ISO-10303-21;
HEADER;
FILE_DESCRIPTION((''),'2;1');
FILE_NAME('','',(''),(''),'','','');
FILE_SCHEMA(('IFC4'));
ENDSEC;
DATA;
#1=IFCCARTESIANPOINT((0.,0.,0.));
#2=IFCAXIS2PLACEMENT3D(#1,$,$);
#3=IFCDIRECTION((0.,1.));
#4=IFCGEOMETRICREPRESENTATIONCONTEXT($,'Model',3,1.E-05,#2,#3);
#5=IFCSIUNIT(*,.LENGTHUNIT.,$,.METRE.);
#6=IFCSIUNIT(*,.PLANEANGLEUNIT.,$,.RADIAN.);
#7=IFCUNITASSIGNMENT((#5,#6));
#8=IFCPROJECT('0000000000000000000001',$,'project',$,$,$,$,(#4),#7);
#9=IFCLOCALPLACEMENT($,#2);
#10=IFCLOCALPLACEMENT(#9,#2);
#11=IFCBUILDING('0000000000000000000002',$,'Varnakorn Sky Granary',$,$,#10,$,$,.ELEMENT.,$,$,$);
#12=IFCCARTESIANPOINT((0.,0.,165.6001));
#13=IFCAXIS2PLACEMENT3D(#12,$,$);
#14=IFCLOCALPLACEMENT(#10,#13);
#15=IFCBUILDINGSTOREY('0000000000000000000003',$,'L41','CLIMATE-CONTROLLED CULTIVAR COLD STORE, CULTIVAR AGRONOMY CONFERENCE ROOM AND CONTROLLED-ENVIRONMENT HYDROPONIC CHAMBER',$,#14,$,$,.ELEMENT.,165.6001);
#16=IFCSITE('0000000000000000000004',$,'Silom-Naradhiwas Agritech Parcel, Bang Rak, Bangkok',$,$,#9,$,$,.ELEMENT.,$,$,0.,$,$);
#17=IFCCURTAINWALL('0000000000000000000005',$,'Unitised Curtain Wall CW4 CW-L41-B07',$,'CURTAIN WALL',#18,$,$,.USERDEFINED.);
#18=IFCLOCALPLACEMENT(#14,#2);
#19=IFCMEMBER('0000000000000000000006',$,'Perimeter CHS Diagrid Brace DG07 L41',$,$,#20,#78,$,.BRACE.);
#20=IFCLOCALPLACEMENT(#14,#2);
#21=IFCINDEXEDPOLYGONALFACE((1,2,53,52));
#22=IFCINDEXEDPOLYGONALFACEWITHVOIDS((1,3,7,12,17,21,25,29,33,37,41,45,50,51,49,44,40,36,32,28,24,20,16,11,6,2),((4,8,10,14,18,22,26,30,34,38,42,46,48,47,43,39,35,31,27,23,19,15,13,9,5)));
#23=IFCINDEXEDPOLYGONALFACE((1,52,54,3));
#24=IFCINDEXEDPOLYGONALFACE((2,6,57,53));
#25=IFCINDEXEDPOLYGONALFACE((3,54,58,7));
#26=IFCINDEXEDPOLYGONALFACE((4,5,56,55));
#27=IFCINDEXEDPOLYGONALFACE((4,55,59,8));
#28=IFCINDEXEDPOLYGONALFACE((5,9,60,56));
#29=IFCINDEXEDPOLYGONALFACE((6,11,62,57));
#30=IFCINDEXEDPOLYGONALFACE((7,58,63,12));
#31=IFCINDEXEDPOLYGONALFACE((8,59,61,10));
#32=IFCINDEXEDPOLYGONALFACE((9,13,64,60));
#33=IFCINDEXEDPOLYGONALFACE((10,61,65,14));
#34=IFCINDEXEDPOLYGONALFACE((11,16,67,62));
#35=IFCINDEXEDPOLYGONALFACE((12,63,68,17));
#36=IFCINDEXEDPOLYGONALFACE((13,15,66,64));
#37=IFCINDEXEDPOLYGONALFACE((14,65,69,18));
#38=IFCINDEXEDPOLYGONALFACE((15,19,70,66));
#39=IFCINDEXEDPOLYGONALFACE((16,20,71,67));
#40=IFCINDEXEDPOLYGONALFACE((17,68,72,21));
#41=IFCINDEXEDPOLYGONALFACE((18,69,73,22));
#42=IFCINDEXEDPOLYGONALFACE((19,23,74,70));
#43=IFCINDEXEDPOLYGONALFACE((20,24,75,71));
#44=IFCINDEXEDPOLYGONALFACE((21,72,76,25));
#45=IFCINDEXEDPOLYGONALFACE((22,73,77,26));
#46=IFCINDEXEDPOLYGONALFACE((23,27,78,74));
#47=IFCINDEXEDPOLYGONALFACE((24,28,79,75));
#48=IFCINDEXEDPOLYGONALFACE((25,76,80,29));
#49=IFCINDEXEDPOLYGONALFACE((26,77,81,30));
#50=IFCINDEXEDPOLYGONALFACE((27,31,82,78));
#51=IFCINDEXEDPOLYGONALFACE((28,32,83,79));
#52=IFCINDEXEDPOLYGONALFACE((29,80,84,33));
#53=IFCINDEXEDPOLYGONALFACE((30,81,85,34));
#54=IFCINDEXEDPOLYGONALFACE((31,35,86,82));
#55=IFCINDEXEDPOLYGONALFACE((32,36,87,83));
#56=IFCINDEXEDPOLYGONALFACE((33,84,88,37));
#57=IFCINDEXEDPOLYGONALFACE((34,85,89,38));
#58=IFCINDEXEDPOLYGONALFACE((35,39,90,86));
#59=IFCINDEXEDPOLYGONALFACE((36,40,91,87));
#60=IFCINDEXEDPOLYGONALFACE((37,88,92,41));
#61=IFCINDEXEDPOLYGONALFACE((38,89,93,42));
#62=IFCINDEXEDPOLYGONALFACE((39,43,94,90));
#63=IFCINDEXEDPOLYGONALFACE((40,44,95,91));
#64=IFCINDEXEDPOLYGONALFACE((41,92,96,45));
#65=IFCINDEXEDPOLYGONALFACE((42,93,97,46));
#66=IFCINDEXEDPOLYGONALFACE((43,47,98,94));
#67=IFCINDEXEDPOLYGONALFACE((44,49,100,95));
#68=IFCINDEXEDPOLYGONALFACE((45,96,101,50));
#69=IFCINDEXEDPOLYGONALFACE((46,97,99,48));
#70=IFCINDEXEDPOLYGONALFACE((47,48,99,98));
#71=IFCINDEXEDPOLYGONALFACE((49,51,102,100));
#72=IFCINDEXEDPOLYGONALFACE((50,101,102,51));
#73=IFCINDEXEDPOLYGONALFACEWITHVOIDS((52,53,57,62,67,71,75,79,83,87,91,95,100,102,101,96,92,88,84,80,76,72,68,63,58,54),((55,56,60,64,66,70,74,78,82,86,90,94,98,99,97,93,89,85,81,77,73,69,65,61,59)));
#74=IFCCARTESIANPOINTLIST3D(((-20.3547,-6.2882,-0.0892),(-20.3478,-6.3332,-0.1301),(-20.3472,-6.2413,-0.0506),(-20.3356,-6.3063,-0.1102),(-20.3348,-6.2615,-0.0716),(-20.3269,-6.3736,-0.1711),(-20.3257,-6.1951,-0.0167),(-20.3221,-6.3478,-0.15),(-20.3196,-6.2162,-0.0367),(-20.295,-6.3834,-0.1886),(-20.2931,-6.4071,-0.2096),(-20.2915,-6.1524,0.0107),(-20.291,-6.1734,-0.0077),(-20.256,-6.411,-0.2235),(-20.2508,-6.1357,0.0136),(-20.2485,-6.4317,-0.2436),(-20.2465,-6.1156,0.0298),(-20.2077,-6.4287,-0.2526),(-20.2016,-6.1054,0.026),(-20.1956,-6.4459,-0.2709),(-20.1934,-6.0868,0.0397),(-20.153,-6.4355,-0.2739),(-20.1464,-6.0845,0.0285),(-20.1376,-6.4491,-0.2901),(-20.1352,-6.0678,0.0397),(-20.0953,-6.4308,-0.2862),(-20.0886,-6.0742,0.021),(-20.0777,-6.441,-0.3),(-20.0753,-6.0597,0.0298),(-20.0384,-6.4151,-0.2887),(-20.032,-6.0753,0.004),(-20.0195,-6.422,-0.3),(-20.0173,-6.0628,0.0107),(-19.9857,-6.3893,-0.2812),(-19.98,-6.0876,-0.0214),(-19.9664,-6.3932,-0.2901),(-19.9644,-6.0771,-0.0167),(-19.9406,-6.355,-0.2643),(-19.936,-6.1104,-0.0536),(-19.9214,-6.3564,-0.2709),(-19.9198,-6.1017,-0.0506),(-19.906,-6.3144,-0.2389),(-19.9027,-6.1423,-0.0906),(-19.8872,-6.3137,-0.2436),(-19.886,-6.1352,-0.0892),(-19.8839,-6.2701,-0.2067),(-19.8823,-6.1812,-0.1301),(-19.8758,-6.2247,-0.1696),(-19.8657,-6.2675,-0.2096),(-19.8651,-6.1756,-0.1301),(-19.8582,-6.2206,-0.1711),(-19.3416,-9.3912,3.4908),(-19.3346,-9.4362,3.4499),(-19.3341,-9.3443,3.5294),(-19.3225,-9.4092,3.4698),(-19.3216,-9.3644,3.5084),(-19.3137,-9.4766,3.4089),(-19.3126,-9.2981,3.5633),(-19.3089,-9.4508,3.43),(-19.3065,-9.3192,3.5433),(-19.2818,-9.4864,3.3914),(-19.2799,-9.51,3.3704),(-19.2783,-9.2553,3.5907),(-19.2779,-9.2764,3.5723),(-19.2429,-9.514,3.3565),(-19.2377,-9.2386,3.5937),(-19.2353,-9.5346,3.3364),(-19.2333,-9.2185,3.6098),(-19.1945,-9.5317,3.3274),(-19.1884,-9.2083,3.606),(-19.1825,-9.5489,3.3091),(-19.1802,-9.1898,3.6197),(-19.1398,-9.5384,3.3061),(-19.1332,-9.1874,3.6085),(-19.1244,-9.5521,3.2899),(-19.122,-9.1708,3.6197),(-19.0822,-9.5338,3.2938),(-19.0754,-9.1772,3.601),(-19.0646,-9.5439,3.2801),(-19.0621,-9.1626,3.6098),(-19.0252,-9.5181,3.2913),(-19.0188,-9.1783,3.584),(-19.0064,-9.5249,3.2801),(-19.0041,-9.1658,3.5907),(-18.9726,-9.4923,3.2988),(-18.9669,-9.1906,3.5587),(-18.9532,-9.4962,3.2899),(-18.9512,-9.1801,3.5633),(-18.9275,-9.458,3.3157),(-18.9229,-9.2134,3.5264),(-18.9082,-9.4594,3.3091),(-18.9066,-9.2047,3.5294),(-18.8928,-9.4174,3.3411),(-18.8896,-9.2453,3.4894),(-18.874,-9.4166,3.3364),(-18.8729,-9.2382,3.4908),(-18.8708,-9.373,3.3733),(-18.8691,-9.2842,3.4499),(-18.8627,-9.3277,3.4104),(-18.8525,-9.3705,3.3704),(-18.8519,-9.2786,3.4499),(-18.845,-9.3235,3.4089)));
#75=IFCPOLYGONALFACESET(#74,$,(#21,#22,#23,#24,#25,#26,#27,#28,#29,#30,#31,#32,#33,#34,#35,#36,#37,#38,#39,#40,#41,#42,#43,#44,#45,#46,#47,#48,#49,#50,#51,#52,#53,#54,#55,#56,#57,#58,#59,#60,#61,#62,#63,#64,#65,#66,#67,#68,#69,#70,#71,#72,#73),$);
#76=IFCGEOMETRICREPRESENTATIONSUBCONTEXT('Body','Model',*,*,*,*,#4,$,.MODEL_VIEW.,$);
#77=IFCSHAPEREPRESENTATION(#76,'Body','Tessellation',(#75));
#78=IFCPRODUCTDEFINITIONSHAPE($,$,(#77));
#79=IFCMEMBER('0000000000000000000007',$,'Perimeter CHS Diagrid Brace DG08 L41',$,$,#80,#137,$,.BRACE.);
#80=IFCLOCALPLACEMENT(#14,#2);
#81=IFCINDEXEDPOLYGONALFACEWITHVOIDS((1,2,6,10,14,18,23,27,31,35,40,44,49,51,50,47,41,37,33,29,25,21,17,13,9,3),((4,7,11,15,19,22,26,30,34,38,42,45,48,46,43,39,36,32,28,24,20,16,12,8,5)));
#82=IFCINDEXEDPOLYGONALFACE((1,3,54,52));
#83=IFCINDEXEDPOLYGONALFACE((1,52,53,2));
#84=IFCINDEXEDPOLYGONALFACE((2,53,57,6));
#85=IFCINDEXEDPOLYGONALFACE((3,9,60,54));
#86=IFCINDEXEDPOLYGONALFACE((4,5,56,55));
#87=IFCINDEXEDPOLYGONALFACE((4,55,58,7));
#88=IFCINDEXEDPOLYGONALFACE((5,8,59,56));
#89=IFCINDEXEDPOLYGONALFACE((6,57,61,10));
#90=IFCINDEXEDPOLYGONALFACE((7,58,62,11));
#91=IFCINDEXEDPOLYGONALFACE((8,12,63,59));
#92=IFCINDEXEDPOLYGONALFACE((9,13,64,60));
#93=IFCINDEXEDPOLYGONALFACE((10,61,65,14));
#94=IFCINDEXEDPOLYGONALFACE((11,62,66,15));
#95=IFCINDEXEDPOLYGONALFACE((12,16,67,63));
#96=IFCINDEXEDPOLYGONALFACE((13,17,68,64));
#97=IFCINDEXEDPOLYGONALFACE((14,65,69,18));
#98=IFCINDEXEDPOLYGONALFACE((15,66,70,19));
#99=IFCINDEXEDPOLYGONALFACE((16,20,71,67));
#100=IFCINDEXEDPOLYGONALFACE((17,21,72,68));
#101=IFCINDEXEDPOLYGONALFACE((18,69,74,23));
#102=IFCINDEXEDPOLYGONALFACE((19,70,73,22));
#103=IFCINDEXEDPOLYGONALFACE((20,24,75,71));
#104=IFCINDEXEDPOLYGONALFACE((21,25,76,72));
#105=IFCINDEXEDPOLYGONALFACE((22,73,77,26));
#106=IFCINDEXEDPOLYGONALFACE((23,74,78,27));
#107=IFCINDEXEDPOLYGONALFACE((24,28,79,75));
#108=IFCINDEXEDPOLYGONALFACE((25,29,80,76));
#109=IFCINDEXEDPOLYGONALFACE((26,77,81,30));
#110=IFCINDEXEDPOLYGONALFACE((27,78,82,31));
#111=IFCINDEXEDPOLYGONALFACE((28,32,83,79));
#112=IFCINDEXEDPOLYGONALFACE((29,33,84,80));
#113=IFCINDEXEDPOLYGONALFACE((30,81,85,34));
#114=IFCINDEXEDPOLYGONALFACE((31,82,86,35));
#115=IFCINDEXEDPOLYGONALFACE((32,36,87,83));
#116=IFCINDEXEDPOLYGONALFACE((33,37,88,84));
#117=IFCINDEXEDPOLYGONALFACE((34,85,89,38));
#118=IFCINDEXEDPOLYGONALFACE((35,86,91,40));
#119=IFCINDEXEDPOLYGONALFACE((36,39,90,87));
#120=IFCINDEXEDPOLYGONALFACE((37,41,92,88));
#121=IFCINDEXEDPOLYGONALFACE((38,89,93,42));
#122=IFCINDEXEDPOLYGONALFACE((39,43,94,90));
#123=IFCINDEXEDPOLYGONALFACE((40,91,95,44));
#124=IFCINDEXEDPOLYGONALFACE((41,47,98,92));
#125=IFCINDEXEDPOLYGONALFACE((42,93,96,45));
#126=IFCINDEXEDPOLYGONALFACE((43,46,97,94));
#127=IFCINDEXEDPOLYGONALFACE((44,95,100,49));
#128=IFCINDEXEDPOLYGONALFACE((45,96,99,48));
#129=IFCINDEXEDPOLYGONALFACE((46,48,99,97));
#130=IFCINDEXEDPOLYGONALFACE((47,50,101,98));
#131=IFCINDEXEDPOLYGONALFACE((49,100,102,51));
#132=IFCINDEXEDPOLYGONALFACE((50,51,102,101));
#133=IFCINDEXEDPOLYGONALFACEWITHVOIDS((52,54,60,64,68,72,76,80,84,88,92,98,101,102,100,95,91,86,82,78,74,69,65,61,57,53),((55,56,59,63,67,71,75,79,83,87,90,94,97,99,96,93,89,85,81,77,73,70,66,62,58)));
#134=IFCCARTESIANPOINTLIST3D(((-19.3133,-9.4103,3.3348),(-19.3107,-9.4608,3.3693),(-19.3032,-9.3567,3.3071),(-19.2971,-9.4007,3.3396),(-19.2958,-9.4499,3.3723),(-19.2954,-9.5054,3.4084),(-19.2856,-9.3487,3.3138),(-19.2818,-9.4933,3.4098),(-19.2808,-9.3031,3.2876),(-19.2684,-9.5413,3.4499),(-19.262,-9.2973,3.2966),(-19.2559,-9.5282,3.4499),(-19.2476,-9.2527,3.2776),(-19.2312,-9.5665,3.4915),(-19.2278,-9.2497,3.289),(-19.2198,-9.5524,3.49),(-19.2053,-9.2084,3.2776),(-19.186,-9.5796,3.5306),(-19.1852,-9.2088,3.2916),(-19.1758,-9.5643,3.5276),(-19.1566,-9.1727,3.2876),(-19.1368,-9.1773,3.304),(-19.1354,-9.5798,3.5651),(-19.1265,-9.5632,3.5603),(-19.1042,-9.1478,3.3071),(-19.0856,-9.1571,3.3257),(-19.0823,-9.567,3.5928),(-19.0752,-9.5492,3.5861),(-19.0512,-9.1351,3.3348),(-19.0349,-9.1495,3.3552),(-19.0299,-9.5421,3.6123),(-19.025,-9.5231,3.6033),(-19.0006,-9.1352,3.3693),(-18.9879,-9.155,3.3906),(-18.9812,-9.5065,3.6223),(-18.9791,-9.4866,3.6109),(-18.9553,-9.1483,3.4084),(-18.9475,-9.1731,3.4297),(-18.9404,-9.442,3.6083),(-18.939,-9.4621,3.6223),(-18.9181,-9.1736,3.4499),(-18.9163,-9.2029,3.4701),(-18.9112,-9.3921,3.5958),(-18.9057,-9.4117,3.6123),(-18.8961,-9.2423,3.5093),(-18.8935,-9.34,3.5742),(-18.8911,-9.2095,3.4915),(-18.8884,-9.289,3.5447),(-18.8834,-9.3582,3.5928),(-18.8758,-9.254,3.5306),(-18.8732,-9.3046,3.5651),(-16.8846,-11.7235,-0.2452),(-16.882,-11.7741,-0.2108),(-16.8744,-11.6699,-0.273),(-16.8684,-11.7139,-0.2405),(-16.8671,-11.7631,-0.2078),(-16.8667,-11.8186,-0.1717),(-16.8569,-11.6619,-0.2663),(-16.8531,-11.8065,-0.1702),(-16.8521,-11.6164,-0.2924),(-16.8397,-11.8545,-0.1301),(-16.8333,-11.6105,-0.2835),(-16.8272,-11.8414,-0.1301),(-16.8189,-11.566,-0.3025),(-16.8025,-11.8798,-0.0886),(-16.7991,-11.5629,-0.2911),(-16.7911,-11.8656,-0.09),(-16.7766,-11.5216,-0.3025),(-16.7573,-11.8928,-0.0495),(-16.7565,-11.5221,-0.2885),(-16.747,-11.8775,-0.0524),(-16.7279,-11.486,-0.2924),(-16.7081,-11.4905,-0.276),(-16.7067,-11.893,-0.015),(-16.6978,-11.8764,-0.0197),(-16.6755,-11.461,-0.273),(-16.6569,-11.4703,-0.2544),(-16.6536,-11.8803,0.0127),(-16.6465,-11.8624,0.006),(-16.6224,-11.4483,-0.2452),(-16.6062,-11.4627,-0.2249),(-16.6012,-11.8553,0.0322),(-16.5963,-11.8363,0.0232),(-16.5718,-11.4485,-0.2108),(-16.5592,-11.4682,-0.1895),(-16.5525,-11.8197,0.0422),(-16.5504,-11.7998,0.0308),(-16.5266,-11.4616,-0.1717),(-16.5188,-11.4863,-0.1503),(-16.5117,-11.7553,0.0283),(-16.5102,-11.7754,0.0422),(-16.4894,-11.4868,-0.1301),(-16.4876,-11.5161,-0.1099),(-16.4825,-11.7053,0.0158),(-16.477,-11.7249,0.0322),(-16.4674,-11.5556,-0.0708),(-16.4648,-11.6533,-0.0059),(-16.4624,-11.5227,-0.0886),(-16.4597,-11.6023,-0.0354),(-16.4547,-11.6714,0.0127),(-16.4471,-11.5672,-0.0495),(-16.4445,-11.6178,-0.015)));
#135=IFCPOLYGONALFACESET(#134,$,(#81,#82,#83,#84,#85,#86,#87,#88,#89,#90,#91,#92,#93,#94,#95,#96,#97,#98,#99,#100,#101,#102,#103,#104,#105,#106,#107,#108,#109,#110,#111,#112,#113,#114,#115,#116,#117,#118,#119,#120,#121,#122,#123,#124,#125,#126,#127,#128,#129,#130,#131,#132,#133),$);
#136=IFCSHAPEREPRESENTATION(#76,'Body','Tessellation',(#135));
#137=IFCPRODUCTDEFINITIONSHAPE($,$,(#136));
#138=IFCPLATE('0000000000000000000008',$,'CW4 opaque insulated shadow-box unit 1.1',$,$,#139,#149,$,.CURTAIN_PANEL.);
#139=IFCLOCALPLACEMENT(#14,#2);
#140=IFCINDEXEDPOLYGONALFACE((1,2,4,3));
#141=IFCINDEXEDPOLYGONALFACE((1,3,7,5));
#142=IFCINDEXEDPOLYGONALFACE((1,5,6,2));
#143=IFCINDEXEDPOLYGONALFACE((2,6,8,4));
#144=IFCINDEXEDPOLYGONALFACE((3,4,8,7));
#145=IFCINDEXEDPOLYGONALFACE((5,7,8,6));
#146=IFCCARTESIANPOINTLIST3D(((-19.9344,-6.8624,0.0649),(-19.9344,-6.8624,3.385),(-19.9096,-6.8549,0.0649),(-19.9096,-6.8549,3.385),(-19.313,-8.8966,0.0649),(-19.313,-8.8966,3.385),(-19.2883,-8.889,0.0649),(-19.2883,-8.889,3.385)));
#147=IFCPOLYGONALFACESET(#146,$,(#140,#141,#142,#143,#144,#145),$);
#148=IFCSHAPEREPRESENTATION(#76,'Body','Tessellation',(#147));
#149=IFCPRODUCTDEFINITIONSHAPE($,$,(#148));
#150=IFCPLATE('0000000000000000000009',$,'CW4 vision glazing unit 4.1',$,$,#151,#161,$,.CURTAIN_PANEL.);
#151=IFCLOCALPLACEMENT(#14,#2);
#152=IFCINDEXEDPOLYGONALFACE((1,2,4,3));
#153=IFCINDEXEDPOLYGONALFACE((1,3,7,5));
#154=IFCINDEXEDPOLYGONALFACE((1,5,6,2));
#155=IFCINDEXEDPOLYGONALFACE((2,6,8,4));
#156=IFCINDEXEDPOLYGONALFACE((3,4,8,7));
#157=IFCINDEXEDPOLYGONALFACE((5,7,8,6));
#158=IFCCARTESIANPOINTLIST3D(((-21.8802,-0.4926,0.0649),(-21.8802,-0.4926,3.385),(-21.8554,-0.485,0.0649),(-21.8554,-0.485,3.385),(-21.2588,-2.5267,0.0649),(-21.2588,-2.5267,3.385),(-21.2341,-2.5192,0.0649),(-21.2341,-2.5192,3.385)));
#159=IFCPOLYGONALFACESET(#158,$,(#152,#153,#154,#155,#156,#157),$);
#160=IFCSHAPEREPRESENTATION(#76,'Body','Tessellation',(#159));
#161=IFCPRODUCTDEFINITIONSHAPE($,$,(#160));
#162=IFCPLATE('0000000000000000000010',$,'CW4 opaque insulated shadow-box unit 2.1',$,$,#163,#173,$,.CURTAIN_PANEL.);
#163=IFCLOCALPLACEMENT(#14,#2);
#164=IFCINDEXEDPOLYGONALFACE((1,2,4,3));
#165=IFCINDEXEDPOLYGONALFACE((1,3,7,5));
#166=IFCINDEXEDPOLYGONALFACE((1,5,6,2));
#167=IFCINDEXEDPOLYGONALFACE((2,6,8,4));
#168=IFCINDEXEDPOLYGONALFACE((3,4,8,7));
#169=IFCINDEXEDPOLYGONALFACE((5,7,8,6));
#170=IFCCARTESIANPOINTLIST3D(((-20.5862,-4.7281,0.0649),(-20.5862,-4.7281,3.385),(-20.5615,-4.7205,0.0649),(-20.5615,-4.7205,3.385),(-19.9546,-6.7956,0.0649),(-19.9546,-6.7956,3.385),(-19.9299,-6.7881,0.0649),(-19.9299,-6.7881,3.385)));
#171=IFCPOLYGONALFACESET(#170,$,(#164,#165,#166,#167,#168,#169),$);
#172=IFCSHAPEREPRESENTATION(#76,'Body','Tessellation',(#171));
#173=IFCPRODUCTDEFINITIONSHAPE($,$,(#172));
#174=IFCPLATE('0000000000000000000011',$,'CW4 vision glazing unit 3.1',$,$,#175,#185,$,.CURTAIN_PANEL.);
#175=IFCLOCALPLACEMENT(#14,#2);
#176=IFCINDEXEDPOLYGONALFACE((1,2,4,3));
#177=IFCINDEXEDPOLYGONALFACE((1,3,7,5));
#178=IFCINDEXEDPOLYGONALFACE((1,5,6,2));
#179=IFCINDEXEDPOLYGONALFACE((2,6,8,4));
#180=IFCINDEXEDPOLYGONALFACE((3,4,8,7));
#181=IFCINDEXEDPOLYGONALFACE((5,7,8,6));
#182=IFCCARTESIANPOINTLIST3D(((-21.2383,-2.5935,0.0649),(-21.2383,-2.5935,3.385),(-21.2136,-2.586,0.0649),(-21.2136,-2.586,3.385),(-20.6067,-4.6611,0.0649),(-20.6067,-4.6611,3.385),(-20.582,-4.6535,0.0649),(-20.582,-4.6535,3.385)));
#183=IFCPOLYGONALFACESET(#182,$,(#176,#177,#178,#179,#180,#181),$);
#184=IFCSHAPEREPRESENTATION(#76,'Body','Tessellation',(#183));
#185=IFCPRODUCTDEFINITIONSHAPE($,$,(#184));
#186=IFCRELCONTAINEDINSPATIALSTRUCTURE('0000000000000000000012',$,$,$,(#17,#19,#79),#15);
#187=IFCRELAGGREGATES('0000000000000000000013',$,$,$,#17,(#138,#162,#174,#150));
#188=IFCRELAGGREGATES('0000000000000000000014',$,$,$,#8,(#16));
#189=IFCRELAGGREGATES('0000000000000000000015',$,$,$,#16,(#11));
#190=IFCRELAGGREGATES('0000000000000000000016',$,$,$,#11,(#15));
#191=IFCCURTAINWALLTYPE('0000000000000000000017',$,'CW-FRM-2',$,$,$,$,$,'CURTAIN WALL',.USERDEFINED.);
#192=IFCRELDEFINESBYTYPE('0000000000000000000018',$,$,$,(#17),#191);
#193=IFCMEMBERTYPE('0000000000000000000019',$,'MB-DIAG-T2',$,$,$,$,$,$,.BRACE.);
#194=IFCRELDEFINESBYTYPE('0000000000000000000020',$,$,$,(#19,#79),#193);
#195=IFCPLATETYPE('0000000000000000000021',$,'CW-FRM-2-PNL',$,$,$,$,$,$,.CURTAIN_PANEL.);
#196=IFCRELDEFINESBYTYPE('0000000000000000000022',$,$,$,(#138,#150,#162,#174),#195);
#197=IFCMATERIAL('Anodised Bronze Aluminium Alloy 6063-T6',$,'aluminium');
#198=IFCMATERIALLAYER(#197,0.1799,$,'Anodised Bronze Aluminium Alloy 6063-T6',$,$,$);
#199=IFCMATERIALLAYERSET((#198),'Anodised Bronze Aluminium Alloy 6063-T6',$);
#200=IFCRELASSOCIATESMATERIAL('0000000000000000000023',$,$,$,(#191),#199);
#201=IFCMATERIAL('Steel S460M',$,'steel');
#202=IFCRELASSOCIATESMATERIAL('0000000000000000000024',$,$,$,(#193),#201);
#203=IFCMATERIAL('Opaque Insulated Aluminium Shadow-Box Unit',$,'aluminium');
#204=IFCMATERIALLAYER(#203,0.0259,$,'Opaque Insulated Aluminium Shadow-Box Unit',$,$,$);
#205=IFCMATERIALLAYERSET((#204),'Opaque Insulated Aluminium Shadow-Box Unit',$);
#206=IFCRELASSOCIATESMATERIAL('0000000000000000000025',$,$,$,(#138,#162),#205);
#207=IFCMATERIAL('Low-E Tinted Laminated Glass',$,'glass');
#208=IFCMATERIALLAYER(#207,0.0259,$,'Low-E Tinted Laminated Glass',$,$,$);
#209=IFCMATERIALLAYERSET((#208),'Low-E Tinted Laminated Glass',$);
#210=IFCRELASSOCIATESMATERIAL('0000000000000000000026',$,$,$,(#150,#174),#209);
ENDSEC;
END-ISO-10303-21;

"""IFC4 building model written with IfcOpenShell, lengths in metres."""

from ifc_helpers import new_model, si_unit, direction, frame, origin, origin_2d, place, context, subcontext, project, spatial, rectangle, hollow_circle, extrude, source, transform, mapped, material, layer, layer_set, material_profile, profile_set, type_object, element, aggregate, save


model = new_model("IFC4")

# Units and contexts
model_context = context("Model", 3, precision=1e-05, world=origin(), true_north=direction((0.0, 1.0)))
body_context = subcontext(model_context, "Body", "Model", "MODEL_VIEW")
ifc_project = project(units=[si_unit("LENGTHUNIT", "METRE"), si_unit("PLANEANGLEUNIT", "RADIAN")], contexts=[model_context])

# Site, building, storey
site_placement = place(None, origin())
site = spatial("IfcSite", under=ifc_project, at=site_placement, Name="Silom-Naradhiwas Agritech Parcel, Bang Rak, Bangkok", CompositionType="ELEMENT", RefElevation=0.0)
building_placement = place(site_placement, origin())
building = spatial("IfcBuilding", under=site, at=building_placement, Name="Varnakorn Sky Granary", CompositionType="ELEMENT")
storey_placement = place(building_placement, frame((0.0, 0.0, 165.6001)))
storey = spatial("IfcBuildingStorey", under=building, at=storey_placement, Name="L41", Description="CLIMATE-CONTROLLED CULTIVAR COLD STORE, CULTIVAR AGRONOMY CONFERENCE ROOM AND CONTROLLED-ENVIRONMENT HYDROPONIC CHAMBER", CompositionType="ELEMENT", Elevation=165.6001)

# Shared definitions
ifc_material_1 = material(Name="Steel S460M", Category="steel")

# Curtain wall
ifc_material_2 = material(Name="Anodised Bronze Aluminium Alloy 6063-T6", Category="aluminium")
ifc_layer_1 = layer(ifc_material_2, 0.1799, Name="Anodised Bronze Aluminium Alloy 6063-T6")
ifc_layer_set_1 = layer_set([ifc_layer_1], Name="Anodised Bronze Aluminium Alloy 6063-T6")
curtain_wall_type = type_object("IfcCurtainWallType", Name="CW-FRM-2", ElementType="CURTAIN WALL", PredefinedType="USERDEFINED", material=ifc_layer_set_1)
curtain_wall_1_placement = place(storey_placement, origin())
curtain_wall_1 = element("IfcCurtainWall", 1, at=curtain_wall_1_placement, inside=storey, type_object=curtain_wall_type, Name="Unitised Curtain Wall CW4 CW-L41-B07", ObjectType="CURTAIN WALL", PredefinedType="USERDEFINED")

# Members
ifc_material_profile_1 = material_profile(ifc_material_1, hollow_circle(Radius=0.2539, WallThickness=0.0181, at=origin_2d()), Name="CHS 508x18")
ifc_profile_set_1 = profile_set([ifc_material_profile_1], Name="Steel S460M")
member_type_1 = type_object("IfcMemberType", Name="MB-DIAG-T2", PredefinedType="BRACE", material=ifc_profile_set_1)
member_1_placement = place(storey_placement, frame((-20.1064, -6.2544, -0.1301), z_axis=(0.209127, -0.640484, 0.73895), x_axis=(0.95061, 0.310388, 0.0)))
element("IfcMember", 2, at=member_1_placement, inside=storey, type_object=member_type_1, Name="Perimeter CHS Diagrid Brace DG07 L41", PredefinedType="BRACE", context=body_context, shape_type="SweptSolid", body=[
    extrude(hollow_circle(Radius=0.2539, WallThickness=0.0181, at=origin_2d()), origin(), (0.0, 0.0, 1.0), 4.8447),
])
member_2_placement = place(storey_placement, frame((-16.6646, -11.6707, -0.1301), z_axis=(-0.495072, 0.471532, 0.729768), x_axis=(-0.689682, -0.724112, 0.0)))
element("IfcMember", 3, at=member_2_placement, inside=storey, type_object=member_type_1, Name="Perimeter CHS Diagrid Brace DG08 L41", PredefinedType="BRACE", context=body_context, shape_type="SweptSolid", body=[
    extrude(hollow_circle(Radius=0.2539, WallThickness=0.0181, at=origin_2d()), origin(), (0.0, 0.0, 1.0), 4.9058),
])

# Plates
ifc_material_3 = material(Name="Opaque Insulated Aluminium Shadow-Box Unit", Category="aluminium")
ifc_layer_2 = layer(ifc_material_3, 0.0259, Name="Opaque Insulated Aluminium Shadow-Box Unit")
ifc_layer_set_2 = layer_set([ifc_layer_2], Name="Opaque Insulated Aluminium Shadow-Box Unit")
plate_type = type_object("IfcPlateType", Name="CW-FRM-2-PNL", PredefinedType="CURTAIN_PANEL")
shared_shape_1 = source(origin(), body_context, "Body", "SweptSolid", [
    extrude(rectangle(XDim=2.127, YDim=0.0259, at=origin_2d()), origin(), (0.0, 0.0, 1.0), 3.3201),
])
plate_1_placement = place(storey_placement, frame((-19.6113, -7.8757, 0.0649), z_axis=(0.0, 0.0, 1.0), x_axis=(-0.292147, 0.956374, 0.0)))
plate_1 = element("IfcPlate", 4, at=plate_1_placement, type_object=plate_type, material=ifc_layer_set_2, Name="CW4 opaque insulated shadow-box unit 1.1", PredefinedType="CURTAIN_PANEL", context=body_context, shape_type="MappedRepresentation", body=[
    mapped(shared_shape_1, transform((0.0, 0.0, 0.0), x_axis=(1.0, 0.0, 0.0), y_axis=(0.0, 1.0, 0.0), z_axis=(0.0, 0.0, 1.0), scale=1.0)),
])
ifc_material_4 = material(Name="Low-E Tinted Laminated Glass", Category="glass")
ifc_layer_3 = layer(ifc_material_4, 0.0259, Name="Low-E Tinted Laminated Glass")
ifc_layer_set_3 = layer_set([ifc_layer_3], Name="Low-E Tinted Laminated Glass")
plate_2_placement = place(storey_placement, frame((-21.5571, -1.5059, 0.0649), z_axis=(0.0, 0.0, 1.0), x_axis=(-0.292147, 0.956374, 0.0)))
plate_2 = element("IfcPlate", 5, at=plate_2_placement, type_object=plate_type, material=ifc_layer_set_3, Name="CW4 vision glazing unit 4.1", PredefinedType="CURTAIN_PANEL", context=body_context, shape_type="MappedRepresentation", body=[
    mapped(shared_shape_1, transform((0.0, 0.0, 0.0), x_axis=(1.0, 0.0, 0.0), y_axis=(0.0, 1.0, 0.0), z_axis=(0.0, 0.0, 1.0), scale=1.0)),
])
shared_shape_2 = source(origin(), body_context, "Body", "SweptSolid", [
    extrude(rectangle(XDim=2.1619, YDim=0.0259, at=origin_2d()), origin(), (0.0, 0.0, 1.0), 3.3201),
])
plate_3_placement = place(storey_placement, frame((-20.2581, -5.7581, 0.0649), z_axis=(0.0, 0.0, 1.0), x_axis=(-0.292147, 0.956374, 0.0)))
plate_3 = element("IfcPlate", 6, at=plate_3_placement, type_object=plate_type, material=ifc_layer_set_2, Name="CW4 opaque insulated shadow-box unit 2.1", PredefinedType="CURTAIN_PANEL", context=body_context, shape_type="MappedRepresentation", body=[
    mapped(shared_shape_2, transform((0.0, 0.0, 0.0), x_axis=(1.0, 0.0, 0.0), y_axis=(0.0, 1.0, 0.0), z_axis=(0.0, 0.0, 1.0), scale=1.0)),
])
plate_4_placement = place(storey_placement, frame((-20.9102, -3.6235, 0.0649), z_axis=(0.0, 0.0, 1.0), x_axis=(-0.292147, 0.956374, 0.0)))
plate_4 = element("IfcPlate", 7, at=plate_4_placement, type_object=plate_type, material=ifc_layer_set_3, Name="CW4 vision glazing unit 3.1", PredefinedType="CURTAIN_PANEL", context=body_context, shape_type="MappedRepresentation", body=[
    mapped(shared_shape_2, transform((0.0, 0.0, 0.0), x_axis=(1.0, 0.0, 0.0), y_axis=(0.0, 1.0, 0.0), z_axis=(0.0, 0.0, 1.0), scale=1.0)),
])
aggregate(curtain_wall_1, [plate_1, plate_3, plate_4, plate_2])

save(model, "model.ifc")
